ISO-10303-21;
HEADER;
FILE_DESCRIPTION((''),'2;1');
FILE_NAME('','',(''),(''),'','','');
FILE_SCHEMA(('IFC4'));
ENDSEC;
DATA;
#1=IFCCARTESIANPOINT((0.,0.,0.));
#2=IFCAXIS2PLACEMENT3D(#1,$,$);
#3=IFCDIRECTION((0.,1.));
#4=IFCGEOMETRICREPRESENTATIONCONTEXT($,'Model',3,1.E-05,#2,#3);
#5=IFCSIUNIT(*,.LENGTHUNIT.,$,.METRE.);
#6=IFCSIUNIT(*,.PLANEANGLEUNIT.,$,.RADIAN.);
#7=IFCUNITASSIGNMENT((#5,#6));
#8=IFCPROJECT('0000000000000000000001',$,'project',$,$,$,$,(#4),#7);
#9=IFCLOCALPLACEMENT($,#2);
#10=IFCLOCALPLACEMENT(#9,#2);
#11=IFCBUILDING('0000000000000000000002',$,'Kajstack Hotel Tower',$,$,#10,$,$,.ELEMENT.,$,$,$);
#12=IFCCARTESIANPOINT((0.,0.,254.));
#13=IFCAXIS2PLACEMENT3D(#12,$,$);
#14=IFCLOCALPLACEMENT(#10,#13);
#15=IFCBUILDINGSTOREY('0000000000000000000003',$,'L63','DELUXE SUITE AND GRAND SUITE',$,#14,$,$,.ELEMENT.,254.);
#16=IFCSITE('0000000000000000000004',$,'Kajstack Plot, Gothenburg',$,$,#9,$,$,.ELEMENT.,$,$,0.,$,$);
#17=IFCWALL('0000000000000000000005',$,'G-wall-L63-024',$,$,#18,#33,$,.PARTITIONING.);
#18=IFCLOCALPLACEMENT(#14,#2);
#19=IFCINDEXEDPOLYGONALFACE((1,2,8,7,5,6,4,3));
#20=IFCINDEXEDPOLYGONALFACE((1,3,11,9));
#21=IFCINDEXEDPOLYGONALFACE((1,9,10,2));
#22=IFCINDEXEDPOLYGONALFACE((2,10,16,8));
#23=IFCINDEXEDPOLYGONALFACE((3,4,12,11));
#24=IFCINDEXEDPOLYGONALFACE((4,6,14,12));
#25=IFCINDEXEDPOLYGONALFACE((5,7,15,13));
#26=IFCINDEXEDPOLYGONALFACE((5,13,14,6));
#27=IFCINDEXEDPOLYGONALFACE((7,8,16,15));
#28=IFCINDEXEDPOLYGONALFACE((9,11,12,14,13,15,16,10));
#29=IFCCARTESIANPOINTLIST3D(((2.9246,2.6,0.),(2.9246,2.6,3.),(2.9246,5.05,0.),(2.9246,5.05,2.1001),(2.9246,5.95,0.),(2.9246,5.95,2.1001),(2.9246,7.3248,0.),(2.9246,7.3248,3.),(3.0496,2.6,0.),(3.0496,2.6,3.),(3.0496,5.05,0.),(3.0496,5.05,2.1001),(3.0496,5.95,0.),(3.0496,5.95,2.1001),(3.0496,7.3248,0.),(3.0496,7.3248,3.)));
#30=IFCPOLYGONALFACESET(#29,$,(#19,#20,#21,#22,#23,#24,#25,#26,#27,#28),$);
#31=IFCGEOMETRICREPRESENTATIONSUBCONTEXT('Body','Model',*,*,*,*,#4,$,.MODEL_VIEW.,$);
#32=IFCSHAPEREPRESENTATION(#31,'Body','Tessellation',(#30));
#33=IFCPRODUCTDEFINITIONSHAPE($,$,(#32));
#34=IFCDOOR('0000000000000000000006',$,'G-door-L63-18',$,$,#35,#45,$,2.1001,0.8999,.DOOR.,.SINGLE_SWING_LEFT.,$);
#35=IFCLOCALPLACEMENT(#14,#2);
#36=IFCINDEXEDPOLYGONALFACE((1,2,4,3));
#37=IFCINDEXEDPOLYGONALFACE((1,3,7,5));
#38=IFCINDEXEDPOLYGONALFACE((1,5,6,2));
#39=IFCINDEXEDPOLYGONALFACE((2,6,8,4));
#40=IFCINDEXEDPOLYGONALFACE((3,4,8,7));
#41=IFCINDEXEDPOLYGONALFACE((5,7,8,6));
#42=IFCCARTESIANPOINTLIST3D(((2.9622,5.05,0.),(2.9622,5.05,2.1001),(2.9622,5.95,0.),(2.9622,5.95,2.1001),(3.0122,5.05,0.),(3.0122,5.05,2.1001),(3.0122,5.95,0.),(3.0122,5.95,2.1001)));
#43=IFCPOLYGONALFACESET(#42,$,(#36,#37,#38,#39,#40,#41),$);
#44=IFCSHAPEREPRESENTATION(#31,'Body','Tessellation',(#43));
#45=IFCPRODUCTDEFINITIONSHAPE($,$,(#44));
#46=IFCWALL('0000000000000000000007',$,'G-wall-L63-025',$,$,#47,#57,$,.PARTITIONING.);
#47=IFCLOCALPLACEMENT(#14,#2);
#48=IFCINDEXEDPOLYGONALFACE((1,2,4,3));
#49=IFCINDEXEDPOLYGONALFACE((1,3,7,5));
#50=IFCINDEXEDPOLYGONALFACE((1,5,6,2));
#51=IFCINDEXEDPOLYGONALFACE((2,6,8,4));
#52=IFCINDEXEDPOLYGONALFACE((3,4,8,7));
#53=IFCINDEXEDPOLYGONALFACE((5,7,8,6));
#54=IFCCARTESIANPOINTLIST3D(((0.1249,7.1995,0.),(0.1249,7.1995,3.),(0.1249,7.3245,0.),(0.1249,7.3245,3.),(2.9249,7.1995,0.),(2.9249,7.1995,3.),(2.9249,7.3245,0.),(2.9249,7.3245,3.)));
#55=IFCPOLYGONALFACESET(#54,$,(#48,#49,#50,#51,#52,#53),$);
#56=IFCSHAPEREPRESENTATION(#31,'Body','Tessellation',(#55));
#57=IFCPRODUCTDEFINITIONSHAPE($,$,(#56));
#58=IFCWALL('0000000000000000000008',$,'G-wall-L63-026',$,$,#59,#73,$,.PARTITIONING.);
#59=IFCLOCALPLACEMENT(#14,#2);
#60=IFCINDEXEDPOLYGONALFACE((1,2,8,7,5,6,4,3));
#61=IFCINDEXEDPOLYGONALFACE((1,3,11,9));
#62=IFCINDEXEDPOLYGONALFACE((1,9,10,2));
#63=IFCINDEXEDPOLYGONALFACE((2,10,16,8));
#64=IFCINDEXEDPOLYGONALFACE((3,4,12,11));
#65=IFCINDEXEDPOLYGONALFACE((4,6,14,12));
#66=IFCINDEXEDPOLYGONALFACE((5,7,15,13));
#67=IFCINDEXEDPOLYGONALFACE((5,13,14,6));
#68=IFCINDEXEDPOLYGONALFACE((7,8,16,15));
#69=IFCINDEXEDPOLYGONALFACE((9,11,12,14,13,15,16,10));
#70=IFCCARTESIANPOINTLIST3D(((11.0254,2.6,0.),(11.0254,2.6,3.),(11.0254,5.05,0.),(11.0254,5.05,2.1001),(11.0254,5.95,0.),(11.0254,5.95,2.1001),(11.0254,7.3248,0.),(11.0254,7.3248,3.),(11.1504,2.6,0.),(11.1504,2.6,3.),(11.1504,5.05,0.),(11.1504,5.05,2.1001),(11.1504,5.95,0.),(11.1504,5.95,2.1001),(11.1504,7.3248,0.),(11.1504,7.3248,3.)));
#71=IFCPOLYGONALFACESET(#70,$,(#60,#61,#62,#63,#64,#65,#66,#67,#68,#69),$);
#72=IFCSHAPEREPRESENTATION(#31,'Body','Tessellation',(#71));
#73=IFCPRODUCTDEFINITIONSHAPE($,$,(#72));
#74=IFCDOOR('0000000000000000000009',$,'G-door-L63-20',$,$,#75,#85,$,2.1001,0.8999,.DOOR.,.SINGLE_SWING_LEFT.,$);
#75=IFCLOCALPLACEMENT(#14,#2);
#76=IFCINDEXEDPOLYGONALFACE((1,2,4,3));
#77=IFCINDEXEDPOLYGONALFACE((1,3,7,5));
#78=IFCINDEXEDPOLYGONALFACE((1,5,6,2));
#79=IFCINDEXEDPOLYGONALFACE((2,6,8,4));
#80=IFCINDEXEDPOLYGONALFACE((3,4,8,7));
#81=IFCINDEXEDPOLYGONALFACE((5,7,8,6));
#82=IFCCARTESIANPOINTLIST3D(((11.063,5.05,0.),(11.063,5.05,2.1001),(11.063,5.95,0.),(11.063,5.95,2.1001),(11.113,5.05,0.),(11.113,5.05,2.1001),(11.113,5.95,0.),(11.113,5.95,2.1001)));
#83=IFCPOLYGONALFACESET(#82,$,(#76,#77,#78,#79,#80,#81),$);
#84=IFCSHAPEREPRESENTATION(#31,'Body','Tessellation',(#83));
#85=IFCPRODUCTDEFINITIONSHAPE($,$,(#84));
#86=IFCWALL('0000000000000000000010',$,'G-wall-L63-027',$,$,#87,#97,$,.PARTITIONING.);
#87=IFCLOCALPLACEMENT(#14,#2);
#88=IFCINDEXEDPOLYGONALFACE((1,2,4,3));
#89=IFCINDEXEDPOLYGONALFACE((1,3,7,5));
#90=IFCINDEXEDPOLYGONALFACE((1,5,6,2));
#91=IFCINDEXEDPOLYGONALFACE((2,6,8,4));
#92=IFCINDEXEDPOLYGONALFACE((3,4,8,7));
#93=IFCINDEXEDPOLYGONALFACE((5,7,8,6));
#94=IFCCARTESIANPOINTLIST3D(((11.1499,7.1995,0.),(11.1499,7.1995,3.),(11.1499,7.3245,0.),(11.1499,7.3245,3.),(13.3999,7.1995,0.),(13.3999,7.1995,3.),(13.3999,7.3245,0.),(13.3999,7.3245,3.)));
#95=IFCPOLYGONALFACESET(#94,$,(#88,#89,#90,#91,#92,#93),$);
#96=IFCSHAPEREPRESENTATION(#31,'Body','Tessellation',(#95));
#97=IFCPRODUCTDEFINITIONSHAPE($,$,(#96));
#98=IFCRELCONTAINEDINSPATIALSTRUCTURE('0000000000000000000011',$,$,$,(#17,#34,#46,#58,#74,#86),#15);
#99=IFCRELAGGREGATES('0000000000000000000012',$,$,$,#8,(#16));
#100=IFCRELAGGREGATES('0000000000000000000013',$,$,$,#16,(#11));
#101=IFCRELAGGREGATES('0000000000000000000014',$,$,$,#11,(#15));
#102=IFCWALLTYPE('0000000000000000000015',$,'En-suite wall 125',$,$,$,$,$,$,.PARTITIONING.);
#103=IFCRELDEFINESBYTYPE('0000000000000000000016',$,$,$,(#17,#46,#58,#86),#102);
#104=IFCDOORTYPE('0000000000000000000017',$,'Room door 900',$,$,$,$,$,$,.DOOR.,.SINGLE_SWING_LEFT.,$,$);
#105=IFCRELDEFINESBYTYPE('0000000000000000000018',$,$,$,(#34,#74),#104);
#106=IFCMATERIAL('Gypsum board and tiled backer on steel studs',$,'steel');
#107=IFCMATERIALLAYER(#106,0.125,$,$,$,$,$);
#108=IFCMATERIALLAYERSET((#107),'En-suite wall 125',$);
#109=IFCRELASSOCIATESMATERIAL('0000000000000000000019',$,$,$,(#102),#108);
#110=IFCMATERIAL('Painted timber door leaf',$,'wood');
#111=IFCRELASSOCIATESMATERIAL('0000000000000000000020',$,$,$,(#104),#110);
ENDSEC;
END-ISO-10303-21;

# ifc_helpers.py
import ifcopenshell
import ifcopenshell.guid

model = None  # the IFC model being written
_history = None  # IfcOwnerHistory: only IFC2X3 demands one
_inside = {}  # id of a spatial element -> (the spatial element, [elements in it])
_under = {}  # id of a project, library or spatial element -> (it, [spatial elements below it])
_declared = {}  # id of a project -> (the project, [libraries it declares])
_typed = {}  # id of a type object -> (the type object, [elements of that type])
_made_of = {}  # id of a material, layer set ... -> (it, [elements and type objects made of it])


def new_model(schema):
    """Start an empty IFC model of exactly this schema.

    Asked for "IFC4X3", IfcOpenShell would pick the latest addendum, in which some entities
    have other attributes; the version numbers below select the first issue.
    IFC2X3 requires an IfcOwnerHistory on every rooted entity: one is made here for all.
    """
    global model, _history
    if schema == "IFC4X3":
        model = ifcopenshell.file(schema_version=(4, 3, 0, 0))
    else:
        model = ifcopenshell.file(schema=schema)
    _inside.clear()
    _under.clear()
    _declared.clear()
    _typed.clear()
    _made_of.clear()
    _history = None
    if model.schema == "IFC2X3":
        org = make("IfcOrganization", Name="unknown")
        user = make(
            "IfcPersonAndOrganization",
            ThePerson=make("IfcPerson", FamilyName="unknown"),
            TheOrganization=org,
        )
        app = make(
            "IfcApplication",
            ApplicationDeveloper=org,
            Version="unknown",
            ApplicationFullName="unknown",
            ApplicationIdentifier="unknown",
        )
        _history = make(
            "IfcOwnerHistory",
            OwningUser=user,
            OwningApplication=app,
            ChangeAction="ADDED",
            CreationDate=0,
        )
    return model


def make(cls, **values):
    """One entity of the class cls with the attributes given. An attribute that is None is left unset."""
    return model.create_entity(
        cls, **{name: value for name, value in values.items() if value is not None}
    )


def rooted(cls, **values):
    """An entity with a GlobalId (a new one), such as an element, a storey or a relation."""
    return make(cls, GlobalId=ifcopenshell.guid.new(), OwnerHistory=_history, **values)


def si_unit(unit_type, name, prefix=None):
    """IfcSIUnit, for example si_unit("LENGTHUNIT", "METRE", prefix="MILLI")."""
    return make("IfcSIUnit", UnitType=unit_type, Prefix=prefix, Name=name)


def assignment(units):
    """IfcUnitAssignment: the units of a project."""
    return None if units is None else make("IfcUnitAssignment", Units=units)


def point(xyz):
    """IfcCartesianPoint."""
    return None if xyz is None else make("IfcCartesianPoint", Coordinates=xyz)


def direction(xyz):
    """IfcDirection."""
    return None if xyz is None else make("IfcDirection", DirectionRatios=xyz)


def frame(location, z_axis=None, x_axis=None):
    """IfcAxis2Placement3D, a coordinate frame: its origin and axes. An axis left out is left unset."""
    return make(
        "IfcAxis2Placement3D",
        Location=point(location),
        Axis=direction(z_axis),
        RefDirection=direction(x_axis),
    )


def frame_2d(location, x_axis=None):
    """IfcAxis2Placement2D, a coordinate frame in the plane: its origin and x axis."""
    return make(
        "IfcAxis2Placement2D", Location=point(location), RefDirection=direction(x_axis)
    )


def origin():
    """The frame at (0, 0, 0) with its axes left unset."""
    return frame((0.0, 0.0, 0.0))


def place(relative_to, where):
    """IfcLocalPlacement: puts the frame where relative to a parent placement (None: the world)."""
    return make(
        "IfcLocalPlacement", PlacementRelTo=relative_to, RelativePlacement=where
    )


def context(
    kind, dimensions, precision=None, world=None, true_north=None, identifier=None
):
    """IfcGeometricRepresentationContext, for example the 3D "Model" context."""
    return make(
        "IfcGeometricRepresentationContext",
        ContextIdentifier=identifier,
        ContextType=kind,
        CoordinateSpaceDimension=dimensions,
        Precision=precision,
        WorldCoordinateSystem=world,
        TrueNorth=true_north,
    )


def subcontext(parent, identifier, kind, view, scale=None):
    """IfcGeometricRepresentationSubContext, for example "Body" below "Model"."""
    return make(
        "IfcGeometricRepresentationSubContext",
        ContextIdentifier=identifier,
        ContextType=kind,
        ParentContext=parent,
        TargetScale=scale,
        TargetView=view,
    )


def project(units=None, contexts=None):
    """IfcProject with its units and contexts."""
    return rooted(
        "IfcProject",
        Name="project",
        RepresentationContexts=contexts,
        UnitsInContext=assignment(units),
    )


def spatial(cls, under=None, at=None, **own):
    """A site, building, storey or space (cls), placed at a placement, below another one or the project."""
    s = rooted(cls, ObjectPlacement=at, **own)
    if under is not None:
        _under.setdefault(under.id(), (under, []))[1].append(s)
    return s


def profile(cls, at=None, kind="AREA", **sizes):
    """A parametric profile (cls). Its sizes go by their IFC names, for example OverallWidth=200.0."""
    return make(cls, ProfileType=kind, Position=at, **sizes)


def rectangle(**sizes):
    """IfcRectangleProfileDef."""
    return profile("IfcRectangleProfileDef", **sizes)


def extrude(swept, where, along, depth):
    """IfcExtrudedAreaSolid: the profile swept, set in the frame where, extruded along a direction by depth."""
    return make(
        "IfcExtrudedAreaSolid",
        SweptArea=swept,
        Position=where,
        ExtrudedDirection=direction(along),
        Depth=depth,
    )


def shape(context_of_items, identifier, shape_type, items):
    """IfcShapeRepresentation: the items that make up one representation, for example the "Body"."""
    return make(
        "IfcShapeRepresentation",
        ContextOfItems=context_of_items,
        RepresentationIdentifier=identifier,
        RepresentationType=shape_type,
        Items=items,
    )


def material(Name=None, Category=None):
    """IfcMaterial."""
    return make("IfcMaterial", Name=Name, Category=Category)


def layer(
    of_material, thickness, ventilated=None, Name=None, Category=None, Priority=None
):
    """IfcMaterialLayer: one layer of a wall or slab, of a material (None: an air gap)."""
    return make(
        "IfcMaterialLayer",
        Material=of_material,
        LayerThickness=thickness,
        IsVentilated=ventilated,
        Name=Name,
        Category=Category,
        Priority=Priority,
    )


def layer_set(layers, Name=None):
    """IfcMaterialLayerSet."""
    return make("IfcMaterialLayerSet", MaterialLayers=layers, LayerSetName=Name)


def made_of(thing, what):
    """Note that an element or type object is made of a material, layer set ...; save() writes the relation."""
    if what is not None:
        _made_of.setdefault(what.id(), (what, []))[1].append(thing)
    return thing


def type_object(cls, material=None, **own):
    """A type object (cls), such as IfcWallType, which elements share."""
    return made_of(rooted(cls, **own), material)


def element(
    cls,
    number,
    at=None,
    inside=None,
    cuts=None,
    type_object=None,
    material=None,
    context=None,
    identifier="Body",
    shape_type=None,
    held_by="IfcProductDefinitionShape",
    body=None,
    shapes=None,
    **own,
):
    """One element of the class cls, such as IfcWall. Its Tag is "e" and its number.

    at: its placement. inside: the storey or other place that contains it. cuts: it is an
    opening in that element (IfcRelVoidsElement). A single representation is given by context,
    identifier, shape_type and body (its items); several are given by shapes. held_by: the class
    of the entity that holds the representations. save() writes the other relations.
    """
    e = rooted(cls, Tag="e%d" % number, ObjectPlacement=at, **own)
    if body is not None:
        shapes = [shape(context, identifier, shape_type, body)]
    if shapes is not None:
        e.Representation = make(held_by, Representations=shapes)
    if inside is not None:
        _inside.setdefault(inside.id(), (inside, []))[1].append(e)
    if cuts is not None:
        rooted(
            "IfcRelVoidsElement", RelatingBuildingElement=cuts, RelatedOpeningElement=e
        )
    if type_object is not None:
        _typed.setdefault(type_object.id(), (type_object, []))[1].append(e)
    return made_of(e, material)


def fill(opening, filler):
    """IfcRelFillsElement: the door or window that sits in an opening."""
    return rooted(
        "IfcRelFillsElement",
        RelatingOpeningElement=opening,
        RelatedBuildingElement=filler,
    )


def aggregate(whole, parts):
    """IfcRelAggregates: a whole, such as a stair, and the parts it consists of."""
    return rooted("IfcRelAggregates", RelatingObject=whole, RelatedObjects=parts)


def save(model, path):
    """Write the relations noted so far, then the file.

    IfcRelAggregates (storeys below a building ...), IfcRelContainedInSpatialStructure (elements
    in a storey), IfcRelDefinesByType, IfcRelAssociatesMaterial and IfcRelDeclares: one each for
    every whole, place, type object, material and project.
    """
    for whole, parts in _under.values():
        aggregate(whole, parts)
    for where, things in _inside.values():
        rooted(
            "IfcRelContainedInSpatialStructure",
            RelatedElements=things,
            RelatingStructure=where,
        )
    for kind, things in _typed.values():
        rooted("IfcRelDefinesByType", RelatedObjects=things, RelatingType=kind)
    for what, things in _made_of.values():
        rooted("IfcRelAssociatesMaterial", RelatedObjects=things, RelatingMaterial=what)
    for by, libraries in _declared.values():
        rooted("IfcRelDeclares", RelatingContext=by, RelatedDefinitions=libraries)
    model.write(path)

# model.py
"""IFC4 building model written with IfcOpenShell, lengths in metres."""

from ifc_helpers import new_model, si_unit, direction, frame, frame_2d, origin, place, context, subcontext, project, spatial, rectangle, extrude, material, layer, layer_set, type_object, element, fill, save


model = new_model("IFC4")

# Units and contexts
model_context = context("Model", 3, precision=1e-05, world=origin(), true_north=direction((0.0, 1.0)))
body_context = subcontext(model_context, "Body", "Model", "MODEL_VIEW")
ifc_project = project(units=[si_unit("LENGTHUNIT", "METRE"), si_unit("PLANEANGLEUNIT", "RADIAN")], contexts=[model_context])

# Site, building, storey
site_placement = place(None, origin())
site = spatial("IfcSite", under=ifc_project, at=site_placement, Name="Kajstack Plot, Gothenburg", CompositionType="ELEMENT", RefElevation=0.0)
building_placement = place(site_placement, origin())
building = spatial("IfcBuilding", under=site, at=building_placement, Name="Kajstack Hotel Tower", CompositionType="ELEMENT")
storey_placement = place(building_placement, frame((0.0, 0.0, 254.0)))
storey = spatial("IfcBuildingStorey", under=building, at=storey_placement, Name="L63", Description="DELUXE SUITE AND GRAND SUITE", CompositionType="ELEMENT", Elevation=254.0)

# Wall, opening, door
ifc_material_1 = material(Name="Gypsum board and tiled backer on steel studs", Category="steel")
ifc_layer_1 = layer(ifc_material_1, 0.125)
ifc_layer_set_1 = layer_set([ifc_layer_1], Name="En-suite wall 125")
wall_type_1 = type_object("IfcWallType", Name="En-suite wall 125", PredefinedType="PARTITIONING", material=ifc_layer_set_1)
wall_1_placement = place(storey_placement, frame((2.9871, 2.6001, 0.0), z_axis=(0.0, 0.0, 1.0), x_axis=(0.0, 1.0, 0.0)))
wall_1 = element("IfcWall", 1, at=wall_1_placement, inside=storey, type_object=wall_type_1, Name="G-wall-L63-024", PredefinedType="PARTITIONING", context=body_context, shape_type="SweptSolid", body=[
    extrude(rectangle(XDim=4.7249, YDim=0.125, at=frame_2d((2.3623, 0.0))), origin(), (0.0, 0.0, 1.0), 3.0),
])
opening_1_placement = place(wall_1_placement, frame((2.45, 0.0, 0.0)))
opening_1 = element("IfcOpeningElement", 2, at=opening_1_placement, cuts=wall_1, PredefinedType="OPENING", context=body_context, shape_type="SweptSolid", body=[
    extrude(rectangle(XDim=0.8999, YDim=2.1001, at=frame_2d((0.45, 1.05))), frame((0.0, 0.0725, 0.0), z_axis=(0.0, -1.0, 0.0), x_axis=(1.0, 0.0, 0.0)), (0.0, 0.0, 1.0), 0.145),
])
ifc_material_2 = material(Name="Painted timber door leaf", Category="wood")
door_type_1 = type_object("IfcDoorType", Name="Room door 900", OperationType="SINGLE_SWING_LEFT", PredefinedType="DOOR", material=ifc_material_2)
door_1_placement = place(opening_1_placement, origin())
door_1 = element("IfcDoor", 3, at=door_1_placement, inside=storey, type_object=door_type_1, Name="G-door-L63-18", OperationType="SINGLE_SWING_LEFT", OverallHeight=2.1001, OverallWidth=0.8999, PredefinedType="DOOR", context=body_context, shape_type="SweptSolid", body=[
    extrude(rectangle(XDim=0.8999, YDim=2.1001, at=frame_2d((0.45, 1.05))), frame((0.0, 0.0249, 0.0), z_axis=(0.0, -1.0, 0.0), x_axis=(1.0, 0.0, 0.0)), (0.0, 0.0, 1.0), 0.05),
])
fill(opening_1, door_1)

# Wall
wall_2_placement = place(storey_placement, frame((0.125, 7.262, 0.0), z_axis=(0.0, 0.0, 1.0), x_axis=(1.0, 0.0, 0.0)))
element("IfcWall", 4, at=wall_2_placement, inside=storey, type_object=wall_type_1, Name="G-wall-L63-025", PredefinedType="PARTITIONING", context=body_context, shape_type="SweptSolid", body=[
    extrude(rectangle(XDim=2.8, YDim=0.125, at=frame_2d((1.3999, 0.0))), origin(), (0.0, 0.0, 1.0), 3.0),
])

# Wall, opening, door
wall_3_placement = place(storey_placement, frame((11.0879, 2.6001, 0.0), z_axis=(0.0, 0.0, 1.0), x_axis=(0.0, 1.0, 0.0)))
wall_3 = element("IfcWall", 5, at=wall_3_placement, inside=storey, type_object=wall_type_1, Name="G-wall-L63-026", PredefinedType="PARTITIONING", context=body_context, shape_type="SweptSolid", body=[
    extrude(rectangle(XDim=4.7249, YDim=0.125, at=frame_2d((2.3623, 0.0))), origin(), (0.0, 0.0, 1.0), 3.0),
])
opening_2_placement = place(wall_3_placement, frame((2.45, 0.0, 0.0)))
opening_2 = element("IfcOpeningElement", 6, at=opening_2_placement, cuts=wall_3, PredefinedType="OPENING", context=body_context, shape_type="SweptSolid", body=[
    extrude(rectangle(XDim=0.8999, YDim=2.1001, at=frame_2d((0.45, 1.05))), frame((0.0, 0.0725, 0.0), z_axis=(0.0, -1.0, 0.0), x_axis=(1.0, 0.0, 0.0)), (0.0, 0.0, 1.0), 0.145),
])
door_2_placement = place(opening_2_placement, origin())
door_2 = element("IfcDoor", 7, at=door_2_placement, inside=storey, type_object=door_type_1, Name="G-door-L63-20", OperationType="SINGLE_SWING_LEFT", OverallHeight=2.1001, OverallWidth=0.8999, PredefinedType="DOOR", context=body_context, shape_type="SweptSolid", body=[
    extrude(rectangle(XDim=0.8999, YDim=2.1001, at=frame_2d((0.45, 1.05))), frame((0.0, 0.0249, 0.0), z_axis=(0.0, -1.0, 0.0), x_axis=(1.0, 0.0, 0.0)), (0.0, 0.0, 1.0), 0.05),
])
fill(opening_2, door_2)

# Wall
wall_4_placement = place(storey_placement, frame((11.1499, 7.262, 0.0), z_axis=(0.0, 0.0, 1.0), x_axis=(1.0, 0.0, 0.0)))
element("IfcWall", 8, at=wall_4_placement, inside=storey, type_object=wall_type_1, Name="G-wall-L63-027", PredefinedType="PARTITIONING", context=body_context, shape_type="SweptSolid", body=[
    extrude(rectangle(XDim=2.25, YDim=0.125, at=frame_2d((1.125, 0.0))), origin(), (0.0, 0.0, 1.0), 3.0),
])

save(model, "model.ifc")
